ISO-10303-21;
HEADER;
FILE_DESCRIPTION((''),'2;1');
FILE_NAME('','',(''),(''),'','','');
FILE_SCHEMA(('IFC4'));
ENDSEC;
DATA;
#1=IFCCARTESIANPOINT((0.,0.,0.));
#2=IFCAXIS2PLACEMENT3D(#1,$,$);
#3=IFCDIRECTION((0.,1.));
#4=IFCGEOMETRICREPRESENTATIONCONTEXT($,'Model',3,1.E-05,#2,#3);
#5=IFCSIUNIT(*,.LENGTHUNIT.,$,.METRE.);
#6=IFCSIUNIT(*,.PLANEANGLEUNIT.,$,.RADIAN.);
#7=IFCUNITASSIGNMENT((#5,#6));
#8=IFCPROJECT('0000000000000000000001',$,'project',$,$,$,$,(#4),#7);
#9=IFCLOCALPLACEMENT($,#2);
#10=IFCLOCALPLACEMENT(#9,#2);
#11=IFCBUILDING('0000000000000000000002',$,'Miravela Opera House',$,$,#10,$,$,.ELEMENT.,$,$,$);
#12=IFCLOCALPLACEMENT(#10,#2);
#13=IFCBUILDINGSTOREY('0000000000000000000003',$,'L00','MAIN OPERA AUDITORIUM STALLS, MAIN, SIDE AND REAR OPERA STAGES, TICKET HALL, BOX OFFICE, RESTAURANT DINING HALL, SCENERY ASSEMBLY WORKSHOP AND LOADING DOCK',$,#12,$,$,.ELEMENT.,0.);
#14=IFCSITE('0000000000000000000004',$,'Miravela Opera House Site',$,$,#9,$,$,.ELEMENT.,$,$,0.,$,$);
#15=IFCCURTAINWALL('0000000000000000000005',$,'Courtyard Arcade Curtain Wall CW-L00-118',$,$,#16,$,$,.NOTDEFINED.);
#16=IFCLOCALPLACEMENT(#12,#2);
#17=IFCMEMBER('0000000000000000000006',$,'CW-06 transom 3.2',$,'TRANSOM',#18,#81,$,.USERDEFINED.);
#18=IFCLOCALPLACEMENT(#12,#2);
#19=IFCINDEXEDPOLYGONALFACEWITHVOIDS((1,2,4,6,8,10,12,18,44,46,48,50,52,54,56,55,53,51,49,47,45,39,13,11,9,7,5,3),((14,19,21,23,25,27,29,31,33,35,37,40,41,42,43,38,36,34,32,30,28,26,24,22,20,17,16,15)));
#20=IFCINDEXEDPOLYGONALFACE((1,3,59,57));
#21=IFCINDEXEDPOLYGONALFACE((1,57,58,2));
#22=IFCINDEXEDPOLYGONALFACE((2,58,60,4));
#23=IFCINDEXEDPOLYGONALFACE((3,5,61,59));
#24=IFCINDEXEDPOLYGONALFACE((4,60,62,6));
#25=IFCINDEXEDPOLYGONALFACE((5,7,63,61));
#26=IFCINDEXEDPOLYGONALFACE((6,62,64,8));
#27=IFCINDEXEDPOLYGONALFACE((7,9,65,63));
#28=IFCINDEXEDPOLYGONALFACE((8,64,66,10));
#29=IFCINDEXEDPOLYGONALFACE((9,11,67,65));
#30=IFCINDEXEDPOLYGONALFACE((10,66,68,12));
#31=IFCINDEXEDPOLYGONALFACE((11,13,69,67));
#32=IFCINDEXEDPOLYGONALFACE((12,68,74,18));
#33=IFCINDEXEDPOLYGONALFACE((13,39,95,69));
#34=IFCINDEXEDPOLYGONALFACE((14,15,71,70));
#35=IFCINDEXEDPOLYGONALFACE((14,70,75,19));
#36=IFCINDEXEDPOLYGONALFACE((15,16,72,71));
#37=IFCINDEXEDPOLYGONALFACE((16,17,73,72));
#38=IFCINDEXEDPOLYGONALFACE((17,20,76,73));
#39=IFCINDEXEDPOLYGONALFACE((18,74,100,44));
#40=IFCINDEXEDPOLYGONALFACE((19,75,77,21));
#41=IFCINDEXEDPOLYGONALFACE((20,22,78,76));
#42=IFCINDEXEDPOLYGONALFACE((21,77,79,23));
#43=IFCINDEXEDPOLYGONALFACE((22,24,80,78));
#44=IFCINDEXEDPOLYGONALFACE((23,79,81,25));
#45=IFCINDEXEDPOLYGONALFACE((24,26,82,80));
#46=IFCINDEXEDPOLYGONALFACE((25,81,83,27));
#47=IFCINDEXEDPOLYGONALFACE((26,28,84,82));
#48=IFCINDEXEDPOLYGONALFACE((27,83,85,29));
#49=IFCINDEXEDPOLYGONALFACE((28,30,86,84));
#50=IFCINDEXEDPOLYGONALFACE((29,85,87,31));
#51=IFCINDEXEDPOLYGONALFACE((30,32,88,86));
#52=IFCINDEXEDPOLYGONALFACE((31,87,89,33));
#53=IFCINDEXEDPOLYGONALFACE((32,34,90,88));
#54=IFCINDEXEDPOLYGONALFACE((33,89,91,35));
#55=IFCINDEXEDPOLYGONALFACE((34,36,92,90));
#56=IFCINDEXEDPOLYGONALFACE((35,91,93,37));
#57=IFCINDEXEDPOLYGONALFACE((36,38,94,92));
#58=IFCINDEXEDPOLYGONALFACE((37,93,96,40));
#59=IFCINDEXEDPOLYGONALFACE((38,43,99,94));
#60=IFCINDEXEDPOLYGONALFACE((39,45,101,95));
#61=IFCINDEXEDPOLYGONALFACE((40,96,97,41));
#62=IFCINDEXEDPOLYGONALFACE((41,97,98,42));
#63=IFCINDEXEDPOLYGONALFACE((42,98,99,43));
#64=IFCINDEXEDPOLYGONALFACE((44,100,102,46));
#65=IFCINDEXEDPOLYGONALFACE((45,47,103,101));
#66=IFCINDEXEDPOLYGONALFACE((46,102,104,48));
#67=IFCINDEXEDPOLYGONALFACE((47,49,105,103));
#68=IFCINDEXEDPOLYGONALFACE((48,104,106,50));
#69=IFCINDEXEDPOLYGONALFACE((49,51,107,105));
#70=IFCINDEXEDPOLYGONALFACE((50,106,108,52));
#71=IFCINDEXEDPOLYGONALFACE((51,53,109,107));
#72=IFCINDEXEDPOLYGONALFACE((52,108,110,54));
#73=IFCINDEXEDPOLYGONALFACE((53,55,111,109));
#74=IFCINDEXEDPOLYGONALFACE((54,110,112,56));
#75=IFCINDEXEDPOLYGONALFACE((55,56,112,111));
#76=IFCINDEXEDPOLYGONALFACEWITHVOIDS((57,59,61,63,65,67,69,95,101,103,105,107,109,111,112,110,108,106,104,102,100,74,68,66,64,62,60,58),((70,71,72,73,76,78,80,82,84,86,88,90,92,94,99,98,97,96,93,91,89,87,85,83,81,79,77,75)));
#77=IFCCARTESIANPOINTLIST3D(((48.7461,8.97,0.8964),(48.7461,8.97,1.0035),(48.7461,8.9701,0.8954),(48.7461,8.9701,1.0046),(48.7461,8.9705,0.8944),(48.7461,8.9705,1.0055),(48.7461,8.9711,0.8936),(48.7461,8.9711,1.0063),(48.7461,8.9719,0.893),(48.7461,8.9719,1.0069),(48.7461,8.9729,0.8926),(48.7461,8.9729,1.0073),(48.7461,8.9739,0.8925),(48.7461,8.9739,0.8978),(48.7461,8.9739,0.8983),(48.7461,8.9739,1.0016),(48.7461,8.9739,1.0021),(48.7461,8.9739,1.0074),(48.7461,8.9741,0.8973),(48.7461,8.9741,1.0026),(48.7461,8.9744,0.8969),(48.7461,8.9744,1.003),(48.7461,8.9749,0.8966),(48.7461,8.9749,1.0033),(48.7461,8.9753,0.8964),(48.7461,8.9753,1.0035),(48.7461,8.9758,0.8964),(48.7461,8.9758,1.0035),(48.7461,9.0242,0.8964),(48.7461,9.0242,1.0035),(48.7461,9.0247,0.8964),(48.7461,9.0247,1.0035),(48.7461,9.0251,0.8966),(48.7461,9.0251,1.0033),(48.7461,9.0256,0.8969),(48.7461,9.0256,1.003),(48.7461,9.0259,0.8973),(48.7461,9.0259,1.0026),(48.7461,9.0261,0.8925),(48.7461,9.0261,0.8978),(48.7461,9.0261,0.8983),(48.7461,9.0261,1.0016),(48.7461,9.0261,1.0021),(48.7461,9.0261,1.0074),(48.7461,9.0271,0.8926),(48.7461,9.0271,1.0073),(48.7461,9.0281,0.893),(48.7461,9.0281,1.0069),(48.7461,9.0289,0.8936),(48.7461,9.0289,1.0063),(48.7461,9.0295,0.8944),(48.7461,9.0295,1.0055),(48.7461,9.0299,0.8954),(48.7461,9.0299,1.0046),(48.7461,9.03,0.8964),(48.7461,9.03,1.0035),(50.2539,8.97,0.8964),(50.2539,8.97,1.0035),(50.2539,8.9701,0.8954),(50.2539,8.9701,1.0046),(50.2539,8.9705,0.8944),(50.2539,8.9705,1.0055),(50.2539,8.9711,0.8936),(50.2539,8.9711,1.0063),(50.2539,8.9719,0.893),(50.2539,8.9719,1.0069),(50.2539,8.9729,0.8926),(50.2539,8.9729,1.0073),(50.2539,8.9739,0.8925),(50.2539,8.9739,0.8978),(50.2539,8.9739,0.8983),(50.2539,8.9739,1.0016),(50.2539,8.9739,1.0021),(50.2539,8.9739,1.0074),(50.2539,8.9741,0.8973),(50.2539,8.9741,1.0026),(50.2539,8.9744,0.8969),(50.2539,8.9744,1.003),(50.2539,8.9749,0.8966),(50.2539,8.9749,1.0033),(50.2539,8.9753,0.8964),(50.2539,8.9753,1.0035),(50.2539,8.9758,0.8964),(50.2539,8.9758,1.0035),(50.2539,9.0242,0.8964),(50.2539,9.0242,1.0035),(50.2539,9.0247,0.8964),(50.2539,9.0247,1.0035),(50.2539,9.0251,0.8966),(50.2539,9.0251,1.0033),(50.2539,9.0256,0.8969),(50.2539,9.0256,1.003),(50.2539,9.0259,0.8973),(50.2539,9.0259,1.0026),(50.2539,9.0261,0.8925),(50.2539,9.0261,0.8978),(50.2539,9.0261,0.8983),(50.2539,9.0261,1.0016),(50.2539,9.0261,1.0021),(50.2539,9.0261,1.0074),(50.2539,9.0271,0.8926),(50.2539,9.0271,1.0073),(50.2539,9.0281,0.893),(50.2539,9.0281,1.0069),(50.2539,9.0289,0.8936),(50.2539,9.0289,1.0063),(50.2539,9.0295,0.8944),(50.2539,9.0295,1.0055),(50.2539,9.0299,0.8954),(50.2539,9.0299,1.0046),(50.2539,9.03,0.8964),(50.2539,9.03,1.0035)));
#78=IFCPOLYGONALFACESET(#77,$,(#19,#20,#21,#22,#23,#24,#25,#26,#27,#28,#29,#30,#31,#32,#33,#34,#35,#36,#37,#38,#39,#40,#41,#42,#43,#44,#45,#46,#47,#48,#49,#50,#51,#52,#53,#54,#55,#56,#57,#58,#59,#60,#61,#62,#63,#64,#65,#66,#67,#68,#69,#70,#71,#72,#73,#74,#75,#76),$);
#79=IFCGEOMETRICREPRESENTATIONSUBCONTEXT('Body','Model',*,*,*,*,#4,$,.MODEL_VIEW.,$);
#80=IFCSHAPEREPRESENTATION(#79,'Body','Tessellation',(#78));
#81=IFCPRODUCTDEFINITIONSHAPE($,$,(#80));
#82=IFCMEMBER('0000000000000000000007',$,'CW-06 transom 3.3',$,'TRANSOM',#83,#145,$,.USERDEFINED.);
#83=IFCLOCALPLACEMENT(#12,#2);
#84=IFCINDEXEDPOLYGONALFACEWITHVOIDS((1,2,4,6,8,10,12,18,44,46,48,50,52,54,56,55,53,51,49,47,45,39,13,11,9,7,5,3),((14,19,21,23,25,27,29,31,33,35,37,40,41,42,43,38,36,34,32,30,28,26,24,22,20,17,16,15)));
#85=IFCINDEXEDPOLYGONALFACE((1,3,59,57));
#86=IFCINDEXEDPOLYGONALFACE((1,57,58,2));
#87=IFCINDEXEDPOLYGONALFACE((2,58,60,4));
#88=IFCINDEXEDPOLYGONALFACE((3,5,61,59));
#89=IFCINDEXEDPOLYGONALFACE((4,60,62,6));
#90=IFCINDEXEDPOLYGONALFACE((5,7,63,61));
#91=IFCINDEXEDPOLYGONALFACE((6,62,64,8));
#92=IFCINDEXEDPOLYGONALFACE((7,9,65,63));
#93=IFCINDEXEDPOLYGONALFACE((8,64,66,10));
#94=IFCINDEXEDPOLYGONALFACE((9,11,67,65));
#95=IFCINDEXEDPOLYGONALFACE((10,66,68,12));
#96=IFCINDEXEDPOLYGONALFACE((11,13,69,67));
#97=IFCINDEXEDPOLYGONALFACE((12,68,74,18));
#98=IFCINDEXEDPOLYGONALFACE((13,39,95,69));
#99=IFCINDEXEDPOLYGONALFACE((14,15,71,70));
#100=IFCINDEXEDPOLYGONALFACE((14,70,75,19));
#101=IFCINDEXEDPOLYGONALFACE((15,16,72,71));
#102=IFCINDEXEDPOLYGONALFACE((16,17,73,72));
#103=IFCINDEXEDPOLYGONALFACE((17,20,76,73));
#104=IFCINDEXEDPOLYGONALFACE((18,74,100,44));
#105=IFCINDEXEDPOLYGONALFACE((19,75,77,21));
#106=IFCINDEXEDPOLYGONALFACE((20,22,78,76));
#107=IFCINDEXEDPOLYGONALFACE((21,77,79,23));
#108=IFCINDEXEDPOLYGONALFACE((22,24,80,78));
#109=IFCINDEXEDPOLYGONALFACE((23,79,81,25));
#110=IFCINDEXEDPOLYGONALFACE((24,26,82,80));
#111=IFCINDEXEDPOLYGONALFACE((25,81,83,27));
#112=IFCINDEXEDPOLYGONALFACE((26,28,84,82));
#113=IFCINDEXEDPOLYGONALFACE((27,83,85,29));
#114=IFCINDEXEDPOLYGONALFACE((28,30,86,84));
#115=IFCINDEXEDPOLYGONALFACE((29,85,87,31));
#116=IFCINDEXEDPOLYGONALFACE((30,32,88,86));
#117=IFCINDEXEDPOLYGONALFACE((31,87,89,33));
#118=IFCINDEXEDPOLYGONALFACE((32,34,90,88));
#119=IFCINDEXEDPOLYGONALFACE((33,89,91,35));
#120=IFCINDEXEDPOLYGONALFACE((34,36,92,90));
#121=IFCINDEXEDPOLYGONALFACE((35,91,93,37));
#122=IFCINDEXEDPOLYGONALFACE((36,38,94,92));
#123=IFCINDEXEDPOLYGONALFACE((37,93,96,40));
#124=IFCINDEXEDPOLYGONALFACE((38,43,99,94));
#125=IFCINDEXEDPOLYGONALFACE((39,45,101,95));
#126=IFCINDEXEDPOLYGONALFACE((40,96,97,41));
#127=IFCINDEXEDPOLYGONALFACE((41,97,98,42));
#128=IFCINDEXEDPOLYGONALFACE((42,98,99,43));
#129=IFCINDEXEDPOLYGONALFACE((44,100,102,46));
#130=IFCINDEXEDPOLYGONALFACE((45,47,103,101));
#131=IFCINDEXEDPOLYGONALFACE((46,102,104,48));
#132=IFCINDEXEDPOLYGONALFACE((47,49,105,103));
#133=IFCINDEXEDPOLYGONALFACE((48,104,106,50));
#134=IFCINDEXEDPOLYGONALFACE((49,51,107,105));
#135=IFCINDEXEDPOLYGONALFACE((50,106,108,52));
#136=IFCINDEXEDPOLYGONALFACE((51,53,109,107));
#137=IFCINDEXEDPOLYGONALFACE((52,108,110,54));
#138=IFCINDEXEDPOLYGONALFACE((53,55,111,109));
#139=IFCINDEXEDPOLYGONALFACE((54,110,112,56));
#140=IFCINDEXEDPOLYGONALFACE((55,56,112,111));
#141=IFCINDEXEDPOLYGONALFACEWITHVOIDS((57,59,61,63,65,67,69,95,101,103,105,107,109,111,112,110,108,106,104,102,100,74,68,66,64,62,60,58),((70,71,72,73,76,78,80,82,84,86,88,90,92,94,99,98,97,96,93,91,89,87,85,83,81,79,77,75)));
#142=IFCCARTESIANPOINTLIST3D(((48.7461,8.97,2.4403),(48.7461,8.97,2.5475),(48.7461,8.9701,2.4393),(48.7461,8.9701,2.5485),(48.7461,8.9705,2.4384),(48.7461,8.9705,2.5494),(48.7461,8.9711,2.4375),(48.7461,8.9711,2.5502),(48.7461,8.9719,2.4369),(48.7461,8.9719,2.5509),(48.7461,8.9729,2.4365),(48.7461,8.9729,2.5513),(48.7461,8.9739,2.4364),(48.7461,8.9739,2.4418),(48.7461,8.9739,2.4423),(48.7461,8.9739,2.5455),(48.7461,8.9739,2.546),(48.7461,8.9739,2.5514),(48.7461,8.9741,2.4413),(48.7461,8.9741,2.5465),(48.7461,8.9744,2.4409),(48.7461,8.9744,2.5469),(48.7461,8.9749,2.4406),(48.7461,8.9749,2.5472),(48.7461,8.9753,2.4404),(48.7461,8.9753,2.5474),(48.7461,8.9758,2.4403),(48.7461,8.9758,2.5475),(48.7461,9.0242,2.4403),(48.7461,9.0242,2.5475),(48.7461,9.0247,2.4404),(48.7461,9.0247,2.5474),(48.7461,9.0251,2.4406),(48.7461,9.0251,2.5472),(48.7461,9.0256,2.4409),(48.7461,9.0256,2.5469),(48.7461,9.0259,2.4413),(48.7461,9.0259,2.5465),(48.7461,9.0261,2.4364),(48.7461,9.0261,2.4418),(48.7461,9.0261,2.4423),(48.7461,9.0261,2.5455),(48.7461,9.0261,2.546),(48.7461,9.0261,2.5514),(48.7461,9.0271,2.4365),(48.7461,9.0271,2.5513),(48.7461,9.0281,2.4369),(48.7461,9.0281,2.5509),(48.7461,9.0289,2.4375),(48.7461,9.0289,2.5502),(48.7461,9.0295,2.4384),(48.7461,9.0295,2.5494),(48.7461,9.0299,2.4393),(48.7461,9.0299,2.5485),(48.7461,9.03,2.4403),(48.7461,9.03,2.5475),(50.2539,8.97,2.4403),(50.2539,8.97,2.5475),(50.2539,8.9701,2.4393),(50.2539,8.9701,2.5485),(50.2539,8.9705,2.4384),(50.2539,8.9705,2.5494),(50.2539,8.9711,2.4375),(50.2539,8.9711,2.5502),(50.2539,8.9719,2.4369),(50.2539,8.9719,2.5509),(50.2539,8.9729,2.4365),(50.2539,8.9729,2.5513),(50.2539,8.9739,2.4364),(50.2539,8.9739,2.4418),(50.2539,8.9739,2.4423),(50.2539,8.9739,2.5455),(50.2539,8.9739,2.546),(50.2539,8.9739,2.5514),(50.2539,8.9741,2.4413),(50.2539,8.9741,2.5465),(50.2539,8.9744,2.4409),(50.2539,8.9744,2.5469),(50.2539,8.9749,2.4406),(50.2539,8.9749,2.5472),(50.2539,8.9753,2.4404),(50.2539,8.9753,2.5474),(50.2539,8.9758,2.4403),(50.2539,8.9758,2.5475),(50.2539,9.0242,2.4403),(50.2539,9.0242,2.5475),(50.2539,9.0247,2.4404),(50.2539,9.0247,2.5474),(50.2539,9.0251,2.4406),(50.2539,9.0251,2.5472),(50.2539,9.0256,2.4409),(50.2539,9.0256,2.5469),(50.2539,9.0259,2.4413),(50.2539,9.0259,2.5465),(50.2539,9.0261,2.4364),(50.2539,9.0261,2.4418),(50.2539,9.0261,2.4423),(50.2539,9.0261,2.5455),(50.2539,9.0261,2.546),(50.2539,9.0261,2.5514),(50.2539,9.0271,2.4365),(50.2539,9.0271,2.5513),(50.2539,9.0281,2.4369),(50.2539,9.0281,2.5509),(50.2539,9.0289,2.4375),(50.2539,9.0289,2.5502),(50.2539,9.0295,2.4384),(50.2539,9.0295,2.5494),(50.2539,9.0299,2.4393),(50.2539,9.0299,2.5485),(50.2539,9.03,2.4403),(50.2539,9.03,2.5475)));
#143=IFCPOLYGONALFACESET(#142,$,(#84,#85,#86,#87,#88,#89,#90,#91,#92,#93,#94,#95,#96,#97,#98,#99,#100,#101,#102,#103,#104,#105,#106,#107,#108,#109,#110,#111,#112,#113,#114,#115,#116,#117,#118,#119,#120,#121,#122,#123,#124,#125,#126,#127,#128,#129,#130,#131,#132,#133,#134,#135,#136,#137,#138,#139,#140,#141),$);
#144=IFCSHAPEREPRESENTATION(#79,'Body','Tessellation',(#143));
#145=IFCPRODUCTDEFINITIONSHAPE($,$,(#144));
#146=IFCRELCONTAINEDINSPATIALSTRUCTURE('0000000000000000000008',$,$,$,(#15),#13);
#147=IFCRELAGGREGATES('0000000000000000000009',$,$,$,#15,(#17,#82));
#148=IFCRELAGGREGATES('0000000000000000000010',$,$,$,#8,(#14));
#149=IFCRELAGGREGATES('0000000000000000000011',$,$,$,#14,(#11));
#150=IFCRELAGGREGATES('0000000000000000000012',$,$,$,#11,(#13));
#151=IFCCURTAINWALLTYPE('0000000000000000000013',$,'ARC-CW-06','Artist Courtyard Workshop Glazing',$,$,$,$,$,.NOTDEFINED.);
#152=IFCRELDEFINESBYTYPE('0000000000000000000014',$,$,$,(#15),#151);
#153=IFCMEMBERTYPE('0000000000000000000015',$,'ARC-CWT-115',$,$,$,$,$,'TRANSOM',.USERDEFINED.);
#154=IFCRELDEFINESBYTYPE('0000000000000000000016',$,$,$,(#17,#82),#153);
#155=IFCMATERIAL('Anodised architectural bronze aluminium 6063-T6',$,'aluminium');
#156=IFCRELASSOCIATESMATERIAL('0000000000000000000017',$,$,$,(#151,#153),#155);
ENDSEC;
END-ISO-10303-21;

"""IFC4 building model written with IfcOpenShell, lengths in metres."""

from ifc_helpers import new_model, si_unit, direction, frame, origin, origin_2d, place, context, subcontext, project, spatial, hollow_rectangle, extrude, material, material_profile, profile_set, type_object, element, aggregate, save


model = new_model("IFC4")

# Units and contexts
model_context = context("Model", 3, precision=1e-05, world=origin(), true_north=direction((0.0, 1.0)))
body_context = subcontext(model_context, "Body", "Model", "MODEL_VIEW")
ifc_project = project(units=[si_unit("LENGTHUNIT", "METRE"), si_unit("PLANEANGLEUNIT", "RADIAN")], contexts=[model_context])

# Site, building, storey
site_placement = place(None, origin())
site = spatial("IfcSite", under=ifc_project, at=site_placement, Name="Miravela Opera House Site", CompositionType="ELEMENT", RefElevation=0.0)
building_placement = place(site_placement, origin())
building = spatial("IfcBuilding", under=site, at=building_placement, Name="Miravela Opera House", CompositionType="ELEMENT")
storey_placement = place(building_placement, origin())
storey = spatial("IfcBuildingStorey", under=building, at=storey_placement, Name="L00", Description="MAIN OPERA AUDITORIUM STALLS, MAIN, SIDE AND REAR OPERA STAGES, TICKET HALL, BOX OFFICE, RESTAURANT DINING HALL, SCENERY ASSEMBLY WORKSHOP AND LOADING DOCK", CompositionType="ELEMENT", Elevation=0.0)

# Curtain wall, members
ifc_material_1 = material(Name="Anodised architectural bronze aluminium 6063-T6", Category="aluminium")
curtain_wall_type = type_object("IfcCurtainWallType", Name="ARC-CW-06", Description="Artist Courtyard Workshop Glazing", PredefinedType="NOTDEFINED", material=ifc_material_1)
curtain_wall_placement = place(storey_placement, origin())
curtain_wall = element("IfcCurtainWall", 1, at=curtain_wall_placement, inside=storey, type_object=curtain_wall_type, Name="Courtyard Arcade Curtain Wall CW-L00-118", PredefinedType="NOTDEFINED")
ifc_material_profile_1 = material_profile(ifc_material_1, hollow_rectangle(XDim=0.0601, YDim=0.115, WallThickness=0.0039, InnerFilletRadius=0.002, OuterFilletRadius=0.0039, at=origin_2d()), Name="CWT-60X115")
ifc_profile_set_1 = profile_set([ifc_material_profile_1])
member_type_1 = type_object("IfcMemberType", Name="ARC-CWT-115", ElementType="TRANSOM", PredefinedType="USERDEFINED", material=ifc_profile_set_1)
member_1_placement = place(storey_placement, frame((48.7461, 9.0, 0.95), z_axis=(1.0, 0.0, 0.0), x_axis=(0.0, 1.0, 0.0)))
member_1 = element("IfcMember", 2, at=member_1_placement, type_object=member_type_1, Name="CW-06 transom 3.2", ObjectType="TRANSOM", PredefinedType="USERDEFINED", context=body_context, shape_type="SweptSolid", body=[
    extrude(hollow_rectangle(XDim=0.0601, YDim=0.115, WallThickness=0.0039, InnerFilletRadius=0.002, OuterFilletRadius=0.0039, at=origin_2d()), origin(), (0.0, 0.0, 1.0), 1.5078),
])
member_2_placement = place(storey_placement, frame((48.7461, 9.0, 2.4939), z_axis=(1.0, 0.0, 0.0), x_axis=(0.0, 1.0, 0.0)))
member_2 = element("IfcMember", 3, at=member_2_placement, type_object=member_type_1, Name="CW-06 transom 3.3", ObjectType="TRANSOM", PredefinedType="USERDEFINED", context=body_context, shape_type="SweptSolid", body=[
    extrude(hollow_rectangle(XDim=0.0601, YDim=0.115, WallThickness=0.0039, InnerFilletRadius=0.002, OuterFilletRadius=0.0039, at=origin_2d()), origin(), (0.0, 0.0, 1.0), 1.5078),
])

aggregate(curtain_wall, [member_1, member_2])

save(model, "model.ifc")
